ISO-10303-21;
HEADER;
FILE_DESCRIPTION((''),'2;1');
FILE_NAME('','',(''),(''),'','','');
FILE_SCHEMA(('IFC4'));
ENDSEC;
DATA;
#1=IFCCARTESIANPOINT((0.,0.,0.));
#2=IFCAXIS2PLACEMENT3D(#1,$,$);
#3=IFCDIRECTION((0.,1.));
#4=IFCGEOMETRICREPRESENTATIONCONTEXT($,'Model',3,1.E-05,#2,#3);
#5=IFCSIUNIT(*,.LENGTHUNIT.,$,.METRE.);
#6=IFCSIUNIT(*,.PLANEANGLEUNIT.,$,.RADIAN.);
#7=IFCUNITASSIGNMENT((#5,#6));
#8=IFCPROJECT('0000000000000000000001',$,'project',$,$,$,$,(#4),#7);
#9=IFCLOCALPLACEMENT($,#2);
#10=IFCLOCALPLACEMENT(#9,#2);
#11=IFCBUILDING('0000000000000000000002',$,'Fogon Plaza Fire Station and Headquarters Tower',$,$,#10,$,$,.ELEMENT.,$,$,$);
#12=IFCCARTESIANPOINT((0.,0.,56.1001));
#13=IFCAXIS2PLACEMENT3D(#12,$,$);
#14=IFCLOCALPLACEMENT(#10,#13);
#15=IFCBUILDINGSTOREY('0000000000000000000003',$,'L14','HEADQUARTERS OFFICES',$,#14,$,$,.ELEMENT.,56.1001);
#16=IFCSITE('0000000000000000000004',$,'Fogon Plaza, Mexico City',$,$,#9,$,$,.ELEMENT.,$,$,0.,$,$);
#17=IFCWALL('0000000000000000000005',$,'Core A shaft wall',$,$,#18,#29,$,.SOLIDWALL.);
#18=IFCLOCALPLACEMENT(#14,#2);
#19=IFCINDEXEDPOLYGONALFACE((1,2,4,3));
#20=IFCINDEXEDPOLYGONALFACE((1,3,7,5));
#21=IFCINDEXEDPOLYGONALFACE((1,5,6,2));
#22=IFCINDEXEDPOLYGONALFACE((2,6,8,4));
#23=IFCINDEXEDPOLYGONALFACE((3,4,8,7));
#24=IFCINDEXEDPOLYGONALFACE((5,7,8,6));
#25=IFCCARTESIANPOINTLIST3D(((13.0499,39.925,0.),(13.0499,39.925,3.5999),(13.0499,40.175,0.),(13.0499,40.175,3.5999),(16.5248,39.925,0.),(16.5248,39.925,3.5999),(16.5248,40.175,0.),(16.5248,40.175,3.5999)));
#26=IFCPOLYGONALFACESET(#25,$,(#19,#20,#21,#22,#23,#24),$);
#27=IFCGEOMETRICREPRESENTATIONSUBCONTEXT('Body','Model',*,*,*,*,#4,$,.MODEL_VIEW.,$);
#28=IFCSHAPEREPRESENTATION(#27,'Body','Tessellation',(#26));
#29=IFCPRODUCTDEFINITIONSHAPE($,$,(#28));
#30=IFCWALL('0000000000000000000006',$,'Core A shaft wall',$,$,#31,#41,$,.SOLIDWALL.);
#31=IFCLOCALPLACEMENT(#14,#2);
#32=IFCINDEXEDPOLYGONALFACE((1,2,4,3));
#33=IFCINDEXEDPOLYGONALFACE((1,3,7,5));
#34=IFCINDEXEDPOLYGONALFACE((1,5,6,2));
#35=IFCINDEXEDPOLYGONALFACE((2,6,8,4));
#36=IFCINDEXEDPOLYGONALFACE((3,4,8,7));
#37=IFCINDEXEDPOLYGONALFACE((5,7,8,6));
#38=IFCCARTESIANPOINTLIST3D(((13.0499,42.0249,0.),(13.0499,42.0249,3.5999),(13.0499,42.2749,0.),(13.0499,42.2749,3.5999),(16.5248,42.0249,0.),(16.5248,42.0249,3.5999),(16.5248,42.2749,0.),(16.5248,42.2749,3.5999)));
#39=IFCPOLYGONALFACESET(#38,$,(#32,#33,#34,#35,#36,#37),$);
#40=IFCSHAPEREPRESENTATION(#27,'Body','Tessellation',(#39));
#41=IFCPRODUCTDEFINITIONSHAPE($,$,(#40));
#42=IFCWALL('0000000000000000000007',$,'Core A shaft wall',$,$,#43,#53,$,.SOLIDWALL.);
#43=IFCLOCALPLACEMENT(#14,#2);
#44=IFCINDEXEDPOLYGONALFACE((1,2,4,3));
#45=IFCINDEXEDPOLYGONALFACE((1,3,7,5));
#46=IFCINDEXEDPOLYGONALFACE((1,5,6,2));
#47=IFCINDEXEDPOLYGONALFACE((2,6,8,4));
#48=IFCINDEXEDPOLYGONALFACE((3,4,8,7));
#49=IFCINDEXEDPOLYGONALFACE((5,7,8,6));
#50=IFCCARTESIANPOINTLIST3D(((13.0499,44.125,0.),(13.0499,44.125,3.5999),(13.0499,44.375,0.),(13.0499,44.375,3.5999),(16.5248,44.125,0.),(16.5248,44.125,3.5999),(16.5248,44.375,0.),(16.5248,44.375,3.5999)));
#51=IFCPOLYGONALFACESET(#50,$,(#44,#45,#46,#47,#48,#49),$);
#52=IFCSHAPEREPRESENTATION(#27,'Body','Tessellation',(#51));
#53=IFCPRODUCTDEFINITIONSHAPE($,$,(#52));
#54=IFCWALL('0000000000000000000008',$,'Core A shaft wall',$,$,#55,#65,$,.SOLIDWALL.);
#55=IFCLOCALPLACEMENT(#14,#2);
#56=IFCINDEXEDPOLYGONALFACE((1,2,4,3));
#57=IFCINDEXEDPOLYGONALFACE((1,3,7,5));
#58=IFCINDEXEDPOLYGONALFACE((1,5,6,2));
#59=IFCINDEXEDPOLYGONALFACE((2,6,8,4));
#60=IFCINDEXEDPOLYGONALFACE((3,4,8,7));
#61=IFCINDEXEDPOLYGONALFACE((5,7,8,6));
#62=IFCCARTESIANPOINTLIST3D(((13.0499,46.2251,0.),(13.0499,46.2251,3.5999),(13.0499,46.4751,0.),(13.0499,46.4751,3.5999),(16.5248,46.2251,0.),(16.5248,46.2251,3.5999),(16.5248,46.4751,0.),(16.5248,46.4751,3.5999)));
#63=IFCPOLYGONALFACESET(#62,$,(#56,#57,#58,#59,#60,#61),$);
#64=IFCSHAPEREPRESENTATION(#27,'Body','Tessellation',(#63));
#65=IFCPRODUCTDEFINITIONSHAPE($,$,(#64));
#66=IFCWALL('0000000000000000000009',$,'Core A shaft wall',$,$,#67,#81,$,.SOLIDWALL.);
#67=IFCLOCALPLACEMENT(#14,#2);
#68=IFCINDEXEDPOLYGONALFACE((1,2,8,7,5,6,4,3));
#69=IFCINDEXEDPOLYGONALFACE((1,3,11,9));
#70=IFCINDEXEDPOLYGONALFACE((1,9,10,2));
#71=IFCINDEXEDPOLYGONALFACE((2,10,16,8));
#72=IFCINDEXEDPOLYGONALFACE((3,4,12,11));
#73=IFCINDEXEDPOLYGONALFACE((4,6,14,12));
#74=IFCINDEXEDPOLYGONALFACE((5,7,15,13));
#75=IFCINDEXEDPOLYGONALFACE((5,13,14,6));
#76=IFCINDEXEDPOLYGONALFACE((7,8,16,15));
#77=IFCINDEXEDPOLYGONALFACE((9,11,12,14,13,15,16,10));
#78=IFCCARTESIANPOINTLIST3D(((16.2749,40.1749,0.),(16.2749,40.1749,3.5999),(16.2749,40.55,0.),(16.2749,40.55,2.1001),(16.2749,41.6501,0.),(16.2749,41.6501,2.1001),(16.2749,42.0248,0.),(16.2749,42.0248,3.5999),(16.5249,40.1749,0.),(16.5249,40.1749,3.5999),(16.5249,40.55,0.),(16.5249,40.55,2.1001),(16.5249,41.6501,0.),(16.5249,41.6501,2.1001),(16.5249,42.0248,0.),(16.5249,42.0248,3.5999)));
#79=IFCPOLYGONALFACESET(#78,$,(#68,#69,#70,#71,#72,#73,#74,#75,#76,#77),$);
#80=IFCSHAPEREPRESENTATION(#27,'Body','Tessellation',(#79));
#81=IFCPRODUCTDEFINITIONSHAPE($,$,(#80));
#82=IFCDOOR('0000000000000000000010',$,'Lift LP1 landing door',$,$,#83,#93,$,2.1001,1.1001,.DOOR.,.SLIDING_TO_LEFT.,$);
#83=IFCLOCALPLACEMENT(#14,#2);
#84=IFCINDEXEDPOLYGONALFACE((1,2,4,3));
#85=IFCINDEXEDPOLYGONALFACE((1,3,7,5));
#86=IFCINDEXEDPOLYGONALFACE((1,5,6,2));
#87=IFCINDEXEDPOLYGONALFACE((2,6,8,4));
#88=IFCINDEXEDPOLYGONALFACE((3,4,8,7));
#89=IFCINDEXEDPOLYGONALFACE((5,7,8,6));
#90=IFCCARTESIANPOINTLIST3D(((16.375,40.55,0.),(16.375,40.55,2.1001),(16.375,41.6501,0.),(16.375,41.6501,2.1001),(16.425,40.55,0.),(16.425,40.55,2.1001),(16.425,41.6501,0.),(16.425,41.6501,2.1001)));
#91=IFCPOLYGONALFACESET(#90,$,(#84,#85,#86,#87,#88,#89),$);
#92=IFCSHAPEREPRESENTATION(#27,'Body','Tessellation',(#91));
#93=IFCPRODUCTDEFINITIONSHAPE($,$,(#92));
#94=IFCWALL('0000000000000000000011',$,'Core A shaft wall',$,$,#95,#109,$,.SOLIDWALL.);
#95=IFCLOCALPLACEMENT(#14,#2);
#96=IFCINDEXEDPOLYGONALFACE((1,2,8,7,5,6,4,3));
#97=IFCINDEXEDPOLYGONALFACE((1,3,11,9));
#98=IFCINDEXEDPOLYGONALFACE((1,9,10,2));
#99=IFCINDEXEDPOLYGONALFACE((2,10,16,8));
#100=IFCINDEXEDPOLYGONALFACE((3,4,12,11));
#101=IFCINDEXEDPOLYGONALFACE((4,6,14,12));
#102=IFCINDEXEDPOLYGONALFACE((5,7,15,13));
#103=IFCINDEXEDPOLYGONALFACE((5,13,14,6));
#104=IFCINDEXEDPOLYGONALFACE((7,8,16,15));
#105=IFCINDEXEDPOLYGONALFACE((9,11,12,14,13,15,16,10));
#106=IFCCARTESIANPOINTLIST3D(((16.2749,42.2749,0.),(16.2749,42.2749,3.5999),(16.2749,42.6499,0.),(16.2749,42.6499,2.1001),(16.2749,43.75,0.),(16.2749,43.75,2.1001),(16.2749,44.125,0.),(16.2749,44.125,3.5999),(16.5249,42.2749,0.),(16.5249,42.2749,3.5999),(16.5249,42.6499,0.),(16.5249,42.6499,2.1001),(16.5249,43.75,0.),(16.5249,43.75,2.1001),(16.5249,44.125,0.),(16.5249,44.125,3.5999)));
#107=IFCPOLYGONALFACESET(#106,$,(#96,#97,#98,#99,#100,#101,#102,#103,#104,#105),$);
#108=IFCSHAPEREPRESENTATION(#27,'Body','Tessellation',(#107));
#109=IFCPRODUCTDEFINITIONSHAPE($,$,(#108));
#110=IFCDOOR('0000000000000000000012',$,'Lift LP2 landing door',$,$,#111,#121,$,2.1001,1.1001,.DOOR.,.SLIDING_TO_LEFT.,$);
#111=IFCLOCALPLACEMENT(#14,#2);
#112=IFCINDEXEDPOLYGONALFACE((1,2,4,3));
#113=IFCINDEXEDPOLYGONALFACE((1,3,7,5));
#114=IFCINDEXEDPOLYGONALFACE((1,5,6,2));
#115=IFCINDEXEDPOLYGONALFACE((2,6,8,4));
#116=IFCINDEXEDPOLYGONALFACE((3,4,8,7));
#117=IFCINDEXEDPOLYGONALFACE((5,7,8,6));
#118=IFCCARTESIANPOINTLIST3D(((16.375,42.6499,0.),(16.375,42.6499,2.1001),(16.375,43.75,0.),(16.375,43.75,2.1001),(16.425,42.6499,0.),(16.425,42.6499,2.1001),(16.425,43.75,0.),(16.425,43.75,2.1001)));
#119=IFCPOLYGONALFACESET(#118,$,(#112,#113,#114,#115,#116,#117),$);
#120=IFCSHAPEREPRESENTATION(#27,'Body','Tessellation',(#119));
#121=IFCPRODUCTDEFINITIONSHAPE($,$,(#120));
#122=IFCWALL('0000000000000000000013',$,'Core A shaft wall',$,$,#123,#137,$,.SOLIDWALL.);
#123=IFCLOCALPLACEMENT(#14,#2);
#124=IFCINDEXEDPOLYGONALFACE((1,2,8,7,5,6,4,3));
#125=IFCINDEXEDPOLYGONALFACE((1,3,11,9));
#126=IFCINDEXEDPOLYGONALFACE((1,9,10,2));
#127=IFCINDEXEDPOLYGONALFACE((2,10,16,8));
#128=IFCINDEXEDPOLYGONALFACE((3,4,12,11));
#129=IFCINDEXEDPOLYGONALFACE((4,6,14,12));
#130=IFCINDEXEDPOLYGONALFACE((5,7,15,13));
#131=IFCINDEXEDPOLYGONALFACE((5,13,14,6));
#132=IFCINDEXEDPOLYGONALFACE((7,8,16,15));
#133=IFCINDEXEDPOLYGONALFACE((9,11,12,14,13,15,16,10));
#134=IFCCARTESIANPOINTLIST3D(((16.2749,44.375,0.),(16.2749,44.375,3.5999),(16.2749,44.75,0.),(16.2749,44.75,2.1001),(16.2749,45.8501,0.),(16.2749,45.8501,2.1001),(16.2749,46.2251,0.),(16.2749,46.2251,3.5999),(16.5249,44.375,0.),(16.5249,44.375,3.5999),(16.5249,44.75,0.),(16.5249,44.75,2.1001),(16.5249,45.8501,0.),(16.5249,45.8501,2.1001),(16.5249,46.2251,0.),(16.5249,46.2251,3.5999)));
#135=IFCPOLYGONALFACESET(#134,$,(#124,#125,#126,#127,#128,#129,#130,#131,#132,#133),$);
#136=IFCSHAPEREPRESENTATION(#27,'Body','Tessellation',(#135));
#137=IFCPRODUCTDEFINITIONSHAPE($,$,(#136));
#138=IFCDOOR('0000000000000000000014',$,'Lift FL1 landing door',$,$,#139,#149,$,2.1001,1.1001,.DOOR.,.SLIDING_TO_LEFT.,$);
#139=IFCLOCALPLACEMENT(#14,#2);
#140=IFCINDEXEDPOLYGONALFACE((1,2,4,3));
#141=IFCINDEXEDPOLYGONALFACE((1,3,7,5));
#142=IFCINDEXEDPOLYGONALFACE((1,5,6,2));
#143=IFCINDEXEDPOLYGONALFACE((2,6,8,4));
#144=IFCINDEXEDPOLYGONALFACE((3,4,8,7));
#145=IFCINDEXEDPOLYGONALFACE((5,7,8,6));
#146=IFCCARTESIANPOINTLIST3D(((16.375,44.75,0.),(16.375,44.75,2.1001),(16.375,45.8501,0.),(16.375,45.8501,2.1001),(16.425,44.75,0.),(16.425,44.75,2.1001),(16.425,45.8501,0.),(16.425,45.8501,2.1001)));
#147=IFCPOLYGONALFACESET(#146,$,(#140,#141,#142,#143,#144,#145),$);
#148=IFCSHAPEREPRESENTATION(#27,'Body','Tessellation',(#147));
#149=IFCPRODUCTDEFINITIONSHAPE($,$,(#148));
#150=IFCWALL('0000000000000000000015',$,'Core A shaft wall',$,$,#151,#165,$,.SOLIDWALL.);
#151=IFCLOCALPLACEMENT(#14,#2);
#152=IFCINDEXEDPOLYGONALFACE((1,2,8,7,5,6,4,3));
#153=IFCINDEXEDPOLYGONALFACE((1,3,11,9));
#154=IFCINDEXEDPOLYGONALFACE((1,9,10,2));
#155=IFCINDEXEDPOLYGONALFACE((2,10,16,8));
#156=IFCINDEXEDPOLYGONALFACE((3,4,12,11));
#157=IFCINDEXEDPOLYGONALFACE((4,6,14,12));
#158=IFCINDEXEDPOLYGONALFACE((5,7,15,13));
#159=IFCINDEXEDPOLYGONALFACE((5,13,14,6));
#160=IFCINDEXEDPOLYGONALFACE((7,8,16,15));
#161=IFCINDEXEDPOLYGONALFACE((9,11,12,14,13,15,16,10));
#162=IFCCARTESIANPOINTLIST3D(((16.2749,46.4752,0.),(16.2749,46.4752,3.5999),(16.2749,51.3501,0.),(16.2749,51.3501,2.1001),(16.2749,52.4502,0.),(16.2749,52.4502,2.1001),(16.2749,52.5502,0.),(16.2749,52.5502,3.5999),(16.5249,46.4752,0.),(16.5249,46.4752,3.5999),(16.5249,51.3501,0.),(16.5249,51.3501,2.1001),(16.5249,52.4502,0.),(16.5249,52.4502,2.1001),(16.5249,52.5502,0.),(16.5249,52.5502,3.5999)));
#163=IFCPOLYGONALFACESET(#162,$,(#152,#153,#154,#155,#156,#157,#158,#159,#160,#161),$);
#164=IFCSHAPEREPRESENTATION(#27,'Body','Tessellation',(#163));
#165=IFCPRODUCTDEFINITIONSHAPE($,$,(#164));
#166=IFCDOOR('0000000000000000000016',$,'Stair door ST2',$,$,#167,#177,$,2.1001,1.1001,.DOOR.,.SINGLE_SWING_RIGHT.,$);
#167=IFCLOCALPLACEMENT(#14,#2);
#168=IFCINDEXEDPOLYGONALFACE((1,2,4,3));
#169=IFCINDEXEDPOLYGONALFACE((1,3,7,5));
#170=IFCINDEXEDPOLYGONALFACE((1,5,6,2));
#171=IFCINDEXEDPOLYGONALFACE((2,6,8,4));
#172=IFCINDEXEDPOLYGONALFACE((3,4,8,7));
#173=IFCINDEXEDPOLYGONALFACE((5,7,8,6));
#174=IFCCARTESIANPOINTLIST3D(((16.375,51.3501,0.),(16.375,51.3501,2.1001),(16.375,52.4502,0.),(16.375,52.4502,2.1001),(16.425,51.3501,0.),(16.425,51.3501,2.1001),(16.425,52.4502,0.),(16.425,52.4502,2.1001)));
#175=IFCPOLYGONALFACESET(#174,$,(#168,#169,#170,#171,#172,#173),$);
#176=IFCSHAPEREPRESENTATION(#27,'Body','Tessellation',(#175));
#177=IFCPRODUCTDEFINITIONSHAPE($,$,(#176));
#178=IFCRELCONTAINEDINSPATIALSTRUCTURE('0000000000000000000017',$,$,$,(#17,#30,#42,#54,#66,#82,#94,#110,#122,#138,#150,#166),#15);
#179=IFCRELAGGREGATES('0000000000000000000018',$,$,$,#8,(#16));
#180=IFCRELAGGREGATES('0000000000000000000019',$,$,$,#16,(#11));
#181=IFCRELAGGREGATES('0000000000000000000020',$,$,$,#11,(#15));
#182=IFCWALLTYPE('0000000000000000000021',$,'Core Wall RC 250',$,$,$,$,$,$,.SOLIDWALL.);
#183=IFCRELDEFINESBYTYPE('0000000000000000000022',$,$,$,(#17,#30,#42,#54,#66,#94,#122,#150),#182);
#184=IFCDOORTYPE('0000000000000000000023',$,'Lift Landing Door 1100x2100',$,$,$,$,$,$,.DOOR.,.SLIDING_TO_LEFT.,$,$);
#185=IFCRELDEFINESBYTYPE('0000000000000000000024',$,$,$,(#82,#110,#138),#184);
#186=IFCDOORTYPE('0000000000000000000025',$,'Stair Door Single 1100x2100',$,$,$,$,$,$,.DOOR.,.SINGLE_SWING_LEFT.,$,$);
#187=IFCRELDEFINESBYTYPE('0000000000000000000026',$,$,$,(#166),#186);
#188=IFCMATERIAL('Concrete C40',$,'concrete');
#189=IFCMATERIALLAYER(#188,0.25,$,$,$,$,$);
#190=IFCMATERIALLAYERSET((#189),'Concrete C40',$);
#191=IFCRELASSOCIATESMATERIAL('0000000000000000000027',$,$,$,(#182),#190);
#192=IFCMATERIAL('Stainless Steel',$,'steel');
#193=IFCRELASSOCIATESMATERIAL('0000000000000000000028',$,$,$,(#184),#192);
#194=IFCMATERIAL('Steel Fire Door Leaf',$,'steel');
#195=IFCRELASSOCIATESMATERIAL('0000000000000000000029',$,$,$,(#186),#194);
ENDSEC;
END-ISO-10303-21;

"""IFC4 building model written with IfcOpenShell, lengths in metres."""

from ifc_helpers import new_model, si_unit, direction, frame, frame_2d, origin, place, context, subcontext, project, spatial, rectangle, extrude, material, layer, layer_set, type_object, element, fill, save


model = new_model("IFC4")

# Units and contexts
model_context = context("Model", 3, precision=1e-05, world=origin(), true_north=direction((0.0, 1.0)))
body_context = subcontext(model_context, "Body", "Model", "MODEL_VIEW")
ifc_project = project(units=[si_unit("LENGTHUNIT", "METRE"), si_unit("PLANEANGLEUNIT", "RADIAN")], contexts=[model_context])

# Site, building, storey
site_placement = place(None, origin())
site = spatial("IfcSite", under=ifc_project, at=site_placement, Name="Fogon Plaza, Mexico City", CompositionType="ELEMENT", RefElevation=0.0)
building_placement = place(site_placement, origin())
building = spatial("IfcBuilding", under=site, at=building_placement, Name="Fogon Plaza Fire Station and Headquarters Tower", CompositionType="ELEMENT")
storey_placement = place(building_placement, frame((0.0, 0.0, 56.1001)))
storey = spatial("IfcBuildingStorey", under=building, at=storey_placement, Name="L14", Description="HEADQUARTERS OFFICES", CompositionType="ELEMENT", Elevation=56.1001)

# Walls
ifc_material_1 = material(Name="Concrete C40", Category="concrete")
ifc_layer = layer(ifc_material_1, 0.25)
ifc_layer_set = layer_set([ifc_layer], Name="Concrete C40")
wall_type = type_object("IfcWallType", Name="Core Wall RC 250", PredefinedType="SOLIDWALL", material=ifc_layer_set)
for number, where, z_axis, x_axis, name in (
    (1, (13.05, 40.05, 0.0), (0.0, 0.0, 1.0), (1.0, 0.0, 0.0), "Core A shaft wall"),
    (2, (13.05, 42.1499, 0.0), (0.0, 0.0, 1.0), (1.0, 0.0, 0.0), "Core A shaft wall"),
    (3, (13.05, 44.25, 0.0), (0.0, 0.0, 1.0), (1.0, 0.0, 0.0), "Core A shaft wall"),
    (4, (13.05, 46.3501, 0.0), (0.0, 0.0, 1.0), (1.0, 0.0, 0.0), "Core A shaft wall"),
):
    element("IfcWall", number, at=place(storey_placement, frame(where, z_axis=z_axis, x_axis=x_axis)), inside=storey, type_object=wall_type, Name=name, PredefinedType="SOLIDWALL", context=body_context, shape_type="SweptSolid", body=[
        extrude(rectangle(XDim=3.4749, YDim=0.25, at=frame_2d((1.7373, 0.0))), origin(), (0.0, 0.0, 1.0), 3.5999),
    ])

# Walls, openings, doors
wall_1_placement = place(storey_placement, frame((16.3999, 40.175, 0.0), z_axis=(0.0, 0.0, 1.0), x_axis=(0.0, 1.0, 0.0)))
wall_1 = element("IfcWall", 5, at=wall_1_placement, inside=storey, type_object=wall_type, Name="Core A shaft wall", PredefinedType="SOLIDWALL", context=body_context, shape_type="SweptSolid", body=[
    extrude(rectangle(XDim=1.8499, YDim=0.25, at=frame_2d((0.9248, 0.0))), origin(), (0.0, 0.0, 1.0), 3.5999),
])
opening_1_placement = place(wall_1_placement, frame((0.375, 0.0, 0.0)))
opening_1 = element("IfcOpeningElement", 6, at=opening_1_placement, cuts=wall_1, PredefinedType="OPENING", context=body_context, shape_type="SweptSolid", body=[
    extrude(rectangle(XDim=1.1001, YDim=2.1001, at=frame_2d((0.55, 1.05))), frame((0.0, 0.135, 0.0), z_axis=(0.0, -1.0, 0.0), x_axis=(1.0, 0.0, 0.0)), (0.0, 0.0, 1.0), 0.27),
])
ifc_material_2 = material(Name="Stainless Steel", Category="steel")
door_type_1 = type_object("IfcDoorType", Name="Lift Landing Door 1100x2100", OperationType="SLIDING_TO_LEFT", PredefinedType="DOOR", material=ifc_material_2)
door_1_placement = place(opening_1_placement, origin())
door_1 = element("IfcDoor", 7, at=door_1_placement, inside=storey, type_object=door_type_1, Name="Lift LP1 landing door", OperationType="SLIDING_TO_LEFT", OverallHeight=2.1001, OverallWidth=1.1001, PredefinedType="DOOR", context=body_context, shape_type="SweptSolid", body=[
    extrude(rectangle(XDim=1.1001, YDim=2.1001, at=frame_2d((0.55, 1.05))), frame((0.0, 0.0249, 0.0), z_axis=(0.0, -1.0, 0.0), x_axis=(1.0, 0.0, 0.0)), (0.0, 0.0, 1.0), 0.05),
])
fill(opening_1, door_1)
wall_2_placement = place(storey_placement, frame((16.3999, 42.2749, 0.0), z_axis=(0.0, 0.0, 1.0), x_axis=(0.0, 1.0, 0.0)))
wall_2 = element("IfcWall", 8, at=wall_2_placement, inside=storey, type_object=wall_type, Name="Core A shaft wall", PredefinedType="SOLIDWALL", context=body_context, shape_type="SweptSolid", body=[
    extrude(rectangle(XDim=1.8501, YDim=0.25, at=frame_2d((0.925, 0.0))), origin(), (0.0, 0.0, 1.0), 3.5999),
])
opening_2_placement = place(wall_2_placement, frame((0.375, 0.0, 0.0)))
opening_2 = element("IfcOpeningElement", 9, at=opening_2_placement, cuts=wall_2, PredefinedType="OPENING", context=body_context, shape_type="SweptSolid", body=[
    extrude(rectangle(XDim=1.1001, YDim=2.1001, at=frame_2d((0.55, 1.05))), frame((0.0, 0.135, 0.0), z_axis=(0.0, -1.0, 0.0), x_axis=(1.0, 0.0, 0.0)), (0.0, 0.0, 1.0), 0.27),
])
door_2_placement = place(opening_2_placement, origin())
door_2 = element("IfcDoor", 10, at=door_2_placement, inside=storey, type_object=door_type_1, Name="Lift LP2 landing door", OperationType="SLIDING_TO_LEFT", OverallHeight=2.1001, OverallWidth=1.1001, PredefinedType="DOOR", context=body_context, shape_type="SweptSolid", body=[
    extrude(rectangle(XDim=1.1001, YDim=2.1001, at=frame_2d((0.55, 1.05))), frame((0.0, 0.0249, 0.0), z_axis=(0.0, -1.0, 0.0), x_axis=(1.0, 0.0, 0.0)), (0.0, 0.0, 1.0), 0.05),
])
fill(opening_2, door_2)
wall_3_placement = place(storey_placement, frame((16.3999, 44.375, 0.0), z_axis=(0.0, 0.0, 1.0), x_axis=(0.0, 1.0, 0.0)))
wall_3 = element("IfcWall", 11, at=wall_3_placement, inside=storey, type_object=wall_type, Name="Core A shaft wall", PredefinedType="SOLIDWALL", context=body_context, shape_type="SweptSolid", body=[
    extrude(rectangle(XDim=1.8501, YDim=0.25, at=frame_2d((0.925, 0.0))), origin(), (0.0, 0.0, 1.0), 3.5999),
])
opening_3_placement = place(wall_3_placement, frame((0.375, 0.0, 0.0)))
opening_3 = element("IfcOpeningElement", 12, at=opening_3_placement, cuts=wall_3, PredefinedType="OPENING", context=body_context, shape_type="SweptSolid", body=[
    extrude(rectangle(XDim=1.1001, YDim=2.1001, at=frame_2d((0.55, 1.05))), frame((0.0, 0.135, 0.0), z_axis=(0.0, -1.0, 0.0), x_axis=(1.0, 0.0, 0.0)), (0.0, 0.0, 1.0), 0.27),
])
door_3_placement = place(opening_3_placement, origin())
door_3 = element("IfcDoor", 13, at=door_3_placement, inside=storey, type_object=door_type_1, Name="Lift FL1 landing door", OperationType="SLIDING_TO_LEFT", OverallHeight=2.1001, OverallWidth=1.1001, PredefinedType="DOOR", context=body_context, shape_type="SweptSolid", body=[
    extrude(rectangle(XDim=1.1001, YDim=2.1001, at=frame_2d((0.55, 1.05))), frame((0.0, 0.0249, 0.0), z_axis=(0.0, -1.0, 0.0), x_axis=(1.0, 0.0, 0.0)), (0.0, 0.0, 1.0), 0.05),
])
fill(opening_3, door_3)
wall_4_placement = place(storey_placement, frame((16.3999, 46.4751, 0.0), z_axis=(0.0, 0.0, 1.0), x_axis=(0.0, 1.0, 0.0)))
wall_4 = element("IfcWall", 14, at=wall_4_placement, inside=storey, type_object=wall_type, Name="Core A shaft wall", PredefinedType="SOLIDWALL", context=body_context, shape_type="SweptSolid", body=[
    extrude(rectangle(XDim=6.075, YDim=0.25, at=frame_2d((3.0376, 0.0))), origin(), (0.0, 0.0, 1.0), 3.5999),
])
opening_4_placement = place(wall_4_placement, frame((4.875, 0.0, 0.0)))
opening_4 = element("IfcOpeningElement", 15, at=opening_4_placement, cuts=wall_4, PredefinedType="OPENING", context=body_context, shape_type="SweptSolid", body=[
    extrude(rectangle(XDim=1.1001, YDim=2.1001, at=frame_2d((0.55, 1.05))), frame((0.0, 0.135, 0.0), z_axis=(0.0, -1.0, 0.0), x_axis=(1.0, 0.0, 0.0)), (0.0, 0.0, 1.0), 0.27),
])
ifc_material_3 = material(Name="Steel Fire Door Leaf", Category="steel")
door_type_2 = type_object("IfcDoorType", Name="Stair Door Single 1100x2100", OperationType="SINGLE_SWING_LEFT", PredefinedType="DOOR", material=ifc_material_3)
door_4_placement = place(opening_4_placement, origin())
door_4 = element("IfcDoor", 16, at=door_4_placement, inside=storey, type_object=door_type_2, Name="Stair door ST2", OperationType="SINGLE_SWING_RIGHT", OverallHeight=2.1001, OverallWidth=1.1001, PredefinedType="DOOR", context=body_context, shape_type="SweptSolid", body=[
    extrude(rectangle(XDim=1.1001, YDim=2.1001, at=frame_2d((0.55, 1.05))), frame((0.0, 0.0249, 0.0), z_axis=(0.0, -1.0, 0.0), x_axis=(1.0, 0.0, 0.0)), (0.0, 0.0, 1.0), 0.05),
])
fill(opening_4, door_4)

save(model, "model.ifc")
